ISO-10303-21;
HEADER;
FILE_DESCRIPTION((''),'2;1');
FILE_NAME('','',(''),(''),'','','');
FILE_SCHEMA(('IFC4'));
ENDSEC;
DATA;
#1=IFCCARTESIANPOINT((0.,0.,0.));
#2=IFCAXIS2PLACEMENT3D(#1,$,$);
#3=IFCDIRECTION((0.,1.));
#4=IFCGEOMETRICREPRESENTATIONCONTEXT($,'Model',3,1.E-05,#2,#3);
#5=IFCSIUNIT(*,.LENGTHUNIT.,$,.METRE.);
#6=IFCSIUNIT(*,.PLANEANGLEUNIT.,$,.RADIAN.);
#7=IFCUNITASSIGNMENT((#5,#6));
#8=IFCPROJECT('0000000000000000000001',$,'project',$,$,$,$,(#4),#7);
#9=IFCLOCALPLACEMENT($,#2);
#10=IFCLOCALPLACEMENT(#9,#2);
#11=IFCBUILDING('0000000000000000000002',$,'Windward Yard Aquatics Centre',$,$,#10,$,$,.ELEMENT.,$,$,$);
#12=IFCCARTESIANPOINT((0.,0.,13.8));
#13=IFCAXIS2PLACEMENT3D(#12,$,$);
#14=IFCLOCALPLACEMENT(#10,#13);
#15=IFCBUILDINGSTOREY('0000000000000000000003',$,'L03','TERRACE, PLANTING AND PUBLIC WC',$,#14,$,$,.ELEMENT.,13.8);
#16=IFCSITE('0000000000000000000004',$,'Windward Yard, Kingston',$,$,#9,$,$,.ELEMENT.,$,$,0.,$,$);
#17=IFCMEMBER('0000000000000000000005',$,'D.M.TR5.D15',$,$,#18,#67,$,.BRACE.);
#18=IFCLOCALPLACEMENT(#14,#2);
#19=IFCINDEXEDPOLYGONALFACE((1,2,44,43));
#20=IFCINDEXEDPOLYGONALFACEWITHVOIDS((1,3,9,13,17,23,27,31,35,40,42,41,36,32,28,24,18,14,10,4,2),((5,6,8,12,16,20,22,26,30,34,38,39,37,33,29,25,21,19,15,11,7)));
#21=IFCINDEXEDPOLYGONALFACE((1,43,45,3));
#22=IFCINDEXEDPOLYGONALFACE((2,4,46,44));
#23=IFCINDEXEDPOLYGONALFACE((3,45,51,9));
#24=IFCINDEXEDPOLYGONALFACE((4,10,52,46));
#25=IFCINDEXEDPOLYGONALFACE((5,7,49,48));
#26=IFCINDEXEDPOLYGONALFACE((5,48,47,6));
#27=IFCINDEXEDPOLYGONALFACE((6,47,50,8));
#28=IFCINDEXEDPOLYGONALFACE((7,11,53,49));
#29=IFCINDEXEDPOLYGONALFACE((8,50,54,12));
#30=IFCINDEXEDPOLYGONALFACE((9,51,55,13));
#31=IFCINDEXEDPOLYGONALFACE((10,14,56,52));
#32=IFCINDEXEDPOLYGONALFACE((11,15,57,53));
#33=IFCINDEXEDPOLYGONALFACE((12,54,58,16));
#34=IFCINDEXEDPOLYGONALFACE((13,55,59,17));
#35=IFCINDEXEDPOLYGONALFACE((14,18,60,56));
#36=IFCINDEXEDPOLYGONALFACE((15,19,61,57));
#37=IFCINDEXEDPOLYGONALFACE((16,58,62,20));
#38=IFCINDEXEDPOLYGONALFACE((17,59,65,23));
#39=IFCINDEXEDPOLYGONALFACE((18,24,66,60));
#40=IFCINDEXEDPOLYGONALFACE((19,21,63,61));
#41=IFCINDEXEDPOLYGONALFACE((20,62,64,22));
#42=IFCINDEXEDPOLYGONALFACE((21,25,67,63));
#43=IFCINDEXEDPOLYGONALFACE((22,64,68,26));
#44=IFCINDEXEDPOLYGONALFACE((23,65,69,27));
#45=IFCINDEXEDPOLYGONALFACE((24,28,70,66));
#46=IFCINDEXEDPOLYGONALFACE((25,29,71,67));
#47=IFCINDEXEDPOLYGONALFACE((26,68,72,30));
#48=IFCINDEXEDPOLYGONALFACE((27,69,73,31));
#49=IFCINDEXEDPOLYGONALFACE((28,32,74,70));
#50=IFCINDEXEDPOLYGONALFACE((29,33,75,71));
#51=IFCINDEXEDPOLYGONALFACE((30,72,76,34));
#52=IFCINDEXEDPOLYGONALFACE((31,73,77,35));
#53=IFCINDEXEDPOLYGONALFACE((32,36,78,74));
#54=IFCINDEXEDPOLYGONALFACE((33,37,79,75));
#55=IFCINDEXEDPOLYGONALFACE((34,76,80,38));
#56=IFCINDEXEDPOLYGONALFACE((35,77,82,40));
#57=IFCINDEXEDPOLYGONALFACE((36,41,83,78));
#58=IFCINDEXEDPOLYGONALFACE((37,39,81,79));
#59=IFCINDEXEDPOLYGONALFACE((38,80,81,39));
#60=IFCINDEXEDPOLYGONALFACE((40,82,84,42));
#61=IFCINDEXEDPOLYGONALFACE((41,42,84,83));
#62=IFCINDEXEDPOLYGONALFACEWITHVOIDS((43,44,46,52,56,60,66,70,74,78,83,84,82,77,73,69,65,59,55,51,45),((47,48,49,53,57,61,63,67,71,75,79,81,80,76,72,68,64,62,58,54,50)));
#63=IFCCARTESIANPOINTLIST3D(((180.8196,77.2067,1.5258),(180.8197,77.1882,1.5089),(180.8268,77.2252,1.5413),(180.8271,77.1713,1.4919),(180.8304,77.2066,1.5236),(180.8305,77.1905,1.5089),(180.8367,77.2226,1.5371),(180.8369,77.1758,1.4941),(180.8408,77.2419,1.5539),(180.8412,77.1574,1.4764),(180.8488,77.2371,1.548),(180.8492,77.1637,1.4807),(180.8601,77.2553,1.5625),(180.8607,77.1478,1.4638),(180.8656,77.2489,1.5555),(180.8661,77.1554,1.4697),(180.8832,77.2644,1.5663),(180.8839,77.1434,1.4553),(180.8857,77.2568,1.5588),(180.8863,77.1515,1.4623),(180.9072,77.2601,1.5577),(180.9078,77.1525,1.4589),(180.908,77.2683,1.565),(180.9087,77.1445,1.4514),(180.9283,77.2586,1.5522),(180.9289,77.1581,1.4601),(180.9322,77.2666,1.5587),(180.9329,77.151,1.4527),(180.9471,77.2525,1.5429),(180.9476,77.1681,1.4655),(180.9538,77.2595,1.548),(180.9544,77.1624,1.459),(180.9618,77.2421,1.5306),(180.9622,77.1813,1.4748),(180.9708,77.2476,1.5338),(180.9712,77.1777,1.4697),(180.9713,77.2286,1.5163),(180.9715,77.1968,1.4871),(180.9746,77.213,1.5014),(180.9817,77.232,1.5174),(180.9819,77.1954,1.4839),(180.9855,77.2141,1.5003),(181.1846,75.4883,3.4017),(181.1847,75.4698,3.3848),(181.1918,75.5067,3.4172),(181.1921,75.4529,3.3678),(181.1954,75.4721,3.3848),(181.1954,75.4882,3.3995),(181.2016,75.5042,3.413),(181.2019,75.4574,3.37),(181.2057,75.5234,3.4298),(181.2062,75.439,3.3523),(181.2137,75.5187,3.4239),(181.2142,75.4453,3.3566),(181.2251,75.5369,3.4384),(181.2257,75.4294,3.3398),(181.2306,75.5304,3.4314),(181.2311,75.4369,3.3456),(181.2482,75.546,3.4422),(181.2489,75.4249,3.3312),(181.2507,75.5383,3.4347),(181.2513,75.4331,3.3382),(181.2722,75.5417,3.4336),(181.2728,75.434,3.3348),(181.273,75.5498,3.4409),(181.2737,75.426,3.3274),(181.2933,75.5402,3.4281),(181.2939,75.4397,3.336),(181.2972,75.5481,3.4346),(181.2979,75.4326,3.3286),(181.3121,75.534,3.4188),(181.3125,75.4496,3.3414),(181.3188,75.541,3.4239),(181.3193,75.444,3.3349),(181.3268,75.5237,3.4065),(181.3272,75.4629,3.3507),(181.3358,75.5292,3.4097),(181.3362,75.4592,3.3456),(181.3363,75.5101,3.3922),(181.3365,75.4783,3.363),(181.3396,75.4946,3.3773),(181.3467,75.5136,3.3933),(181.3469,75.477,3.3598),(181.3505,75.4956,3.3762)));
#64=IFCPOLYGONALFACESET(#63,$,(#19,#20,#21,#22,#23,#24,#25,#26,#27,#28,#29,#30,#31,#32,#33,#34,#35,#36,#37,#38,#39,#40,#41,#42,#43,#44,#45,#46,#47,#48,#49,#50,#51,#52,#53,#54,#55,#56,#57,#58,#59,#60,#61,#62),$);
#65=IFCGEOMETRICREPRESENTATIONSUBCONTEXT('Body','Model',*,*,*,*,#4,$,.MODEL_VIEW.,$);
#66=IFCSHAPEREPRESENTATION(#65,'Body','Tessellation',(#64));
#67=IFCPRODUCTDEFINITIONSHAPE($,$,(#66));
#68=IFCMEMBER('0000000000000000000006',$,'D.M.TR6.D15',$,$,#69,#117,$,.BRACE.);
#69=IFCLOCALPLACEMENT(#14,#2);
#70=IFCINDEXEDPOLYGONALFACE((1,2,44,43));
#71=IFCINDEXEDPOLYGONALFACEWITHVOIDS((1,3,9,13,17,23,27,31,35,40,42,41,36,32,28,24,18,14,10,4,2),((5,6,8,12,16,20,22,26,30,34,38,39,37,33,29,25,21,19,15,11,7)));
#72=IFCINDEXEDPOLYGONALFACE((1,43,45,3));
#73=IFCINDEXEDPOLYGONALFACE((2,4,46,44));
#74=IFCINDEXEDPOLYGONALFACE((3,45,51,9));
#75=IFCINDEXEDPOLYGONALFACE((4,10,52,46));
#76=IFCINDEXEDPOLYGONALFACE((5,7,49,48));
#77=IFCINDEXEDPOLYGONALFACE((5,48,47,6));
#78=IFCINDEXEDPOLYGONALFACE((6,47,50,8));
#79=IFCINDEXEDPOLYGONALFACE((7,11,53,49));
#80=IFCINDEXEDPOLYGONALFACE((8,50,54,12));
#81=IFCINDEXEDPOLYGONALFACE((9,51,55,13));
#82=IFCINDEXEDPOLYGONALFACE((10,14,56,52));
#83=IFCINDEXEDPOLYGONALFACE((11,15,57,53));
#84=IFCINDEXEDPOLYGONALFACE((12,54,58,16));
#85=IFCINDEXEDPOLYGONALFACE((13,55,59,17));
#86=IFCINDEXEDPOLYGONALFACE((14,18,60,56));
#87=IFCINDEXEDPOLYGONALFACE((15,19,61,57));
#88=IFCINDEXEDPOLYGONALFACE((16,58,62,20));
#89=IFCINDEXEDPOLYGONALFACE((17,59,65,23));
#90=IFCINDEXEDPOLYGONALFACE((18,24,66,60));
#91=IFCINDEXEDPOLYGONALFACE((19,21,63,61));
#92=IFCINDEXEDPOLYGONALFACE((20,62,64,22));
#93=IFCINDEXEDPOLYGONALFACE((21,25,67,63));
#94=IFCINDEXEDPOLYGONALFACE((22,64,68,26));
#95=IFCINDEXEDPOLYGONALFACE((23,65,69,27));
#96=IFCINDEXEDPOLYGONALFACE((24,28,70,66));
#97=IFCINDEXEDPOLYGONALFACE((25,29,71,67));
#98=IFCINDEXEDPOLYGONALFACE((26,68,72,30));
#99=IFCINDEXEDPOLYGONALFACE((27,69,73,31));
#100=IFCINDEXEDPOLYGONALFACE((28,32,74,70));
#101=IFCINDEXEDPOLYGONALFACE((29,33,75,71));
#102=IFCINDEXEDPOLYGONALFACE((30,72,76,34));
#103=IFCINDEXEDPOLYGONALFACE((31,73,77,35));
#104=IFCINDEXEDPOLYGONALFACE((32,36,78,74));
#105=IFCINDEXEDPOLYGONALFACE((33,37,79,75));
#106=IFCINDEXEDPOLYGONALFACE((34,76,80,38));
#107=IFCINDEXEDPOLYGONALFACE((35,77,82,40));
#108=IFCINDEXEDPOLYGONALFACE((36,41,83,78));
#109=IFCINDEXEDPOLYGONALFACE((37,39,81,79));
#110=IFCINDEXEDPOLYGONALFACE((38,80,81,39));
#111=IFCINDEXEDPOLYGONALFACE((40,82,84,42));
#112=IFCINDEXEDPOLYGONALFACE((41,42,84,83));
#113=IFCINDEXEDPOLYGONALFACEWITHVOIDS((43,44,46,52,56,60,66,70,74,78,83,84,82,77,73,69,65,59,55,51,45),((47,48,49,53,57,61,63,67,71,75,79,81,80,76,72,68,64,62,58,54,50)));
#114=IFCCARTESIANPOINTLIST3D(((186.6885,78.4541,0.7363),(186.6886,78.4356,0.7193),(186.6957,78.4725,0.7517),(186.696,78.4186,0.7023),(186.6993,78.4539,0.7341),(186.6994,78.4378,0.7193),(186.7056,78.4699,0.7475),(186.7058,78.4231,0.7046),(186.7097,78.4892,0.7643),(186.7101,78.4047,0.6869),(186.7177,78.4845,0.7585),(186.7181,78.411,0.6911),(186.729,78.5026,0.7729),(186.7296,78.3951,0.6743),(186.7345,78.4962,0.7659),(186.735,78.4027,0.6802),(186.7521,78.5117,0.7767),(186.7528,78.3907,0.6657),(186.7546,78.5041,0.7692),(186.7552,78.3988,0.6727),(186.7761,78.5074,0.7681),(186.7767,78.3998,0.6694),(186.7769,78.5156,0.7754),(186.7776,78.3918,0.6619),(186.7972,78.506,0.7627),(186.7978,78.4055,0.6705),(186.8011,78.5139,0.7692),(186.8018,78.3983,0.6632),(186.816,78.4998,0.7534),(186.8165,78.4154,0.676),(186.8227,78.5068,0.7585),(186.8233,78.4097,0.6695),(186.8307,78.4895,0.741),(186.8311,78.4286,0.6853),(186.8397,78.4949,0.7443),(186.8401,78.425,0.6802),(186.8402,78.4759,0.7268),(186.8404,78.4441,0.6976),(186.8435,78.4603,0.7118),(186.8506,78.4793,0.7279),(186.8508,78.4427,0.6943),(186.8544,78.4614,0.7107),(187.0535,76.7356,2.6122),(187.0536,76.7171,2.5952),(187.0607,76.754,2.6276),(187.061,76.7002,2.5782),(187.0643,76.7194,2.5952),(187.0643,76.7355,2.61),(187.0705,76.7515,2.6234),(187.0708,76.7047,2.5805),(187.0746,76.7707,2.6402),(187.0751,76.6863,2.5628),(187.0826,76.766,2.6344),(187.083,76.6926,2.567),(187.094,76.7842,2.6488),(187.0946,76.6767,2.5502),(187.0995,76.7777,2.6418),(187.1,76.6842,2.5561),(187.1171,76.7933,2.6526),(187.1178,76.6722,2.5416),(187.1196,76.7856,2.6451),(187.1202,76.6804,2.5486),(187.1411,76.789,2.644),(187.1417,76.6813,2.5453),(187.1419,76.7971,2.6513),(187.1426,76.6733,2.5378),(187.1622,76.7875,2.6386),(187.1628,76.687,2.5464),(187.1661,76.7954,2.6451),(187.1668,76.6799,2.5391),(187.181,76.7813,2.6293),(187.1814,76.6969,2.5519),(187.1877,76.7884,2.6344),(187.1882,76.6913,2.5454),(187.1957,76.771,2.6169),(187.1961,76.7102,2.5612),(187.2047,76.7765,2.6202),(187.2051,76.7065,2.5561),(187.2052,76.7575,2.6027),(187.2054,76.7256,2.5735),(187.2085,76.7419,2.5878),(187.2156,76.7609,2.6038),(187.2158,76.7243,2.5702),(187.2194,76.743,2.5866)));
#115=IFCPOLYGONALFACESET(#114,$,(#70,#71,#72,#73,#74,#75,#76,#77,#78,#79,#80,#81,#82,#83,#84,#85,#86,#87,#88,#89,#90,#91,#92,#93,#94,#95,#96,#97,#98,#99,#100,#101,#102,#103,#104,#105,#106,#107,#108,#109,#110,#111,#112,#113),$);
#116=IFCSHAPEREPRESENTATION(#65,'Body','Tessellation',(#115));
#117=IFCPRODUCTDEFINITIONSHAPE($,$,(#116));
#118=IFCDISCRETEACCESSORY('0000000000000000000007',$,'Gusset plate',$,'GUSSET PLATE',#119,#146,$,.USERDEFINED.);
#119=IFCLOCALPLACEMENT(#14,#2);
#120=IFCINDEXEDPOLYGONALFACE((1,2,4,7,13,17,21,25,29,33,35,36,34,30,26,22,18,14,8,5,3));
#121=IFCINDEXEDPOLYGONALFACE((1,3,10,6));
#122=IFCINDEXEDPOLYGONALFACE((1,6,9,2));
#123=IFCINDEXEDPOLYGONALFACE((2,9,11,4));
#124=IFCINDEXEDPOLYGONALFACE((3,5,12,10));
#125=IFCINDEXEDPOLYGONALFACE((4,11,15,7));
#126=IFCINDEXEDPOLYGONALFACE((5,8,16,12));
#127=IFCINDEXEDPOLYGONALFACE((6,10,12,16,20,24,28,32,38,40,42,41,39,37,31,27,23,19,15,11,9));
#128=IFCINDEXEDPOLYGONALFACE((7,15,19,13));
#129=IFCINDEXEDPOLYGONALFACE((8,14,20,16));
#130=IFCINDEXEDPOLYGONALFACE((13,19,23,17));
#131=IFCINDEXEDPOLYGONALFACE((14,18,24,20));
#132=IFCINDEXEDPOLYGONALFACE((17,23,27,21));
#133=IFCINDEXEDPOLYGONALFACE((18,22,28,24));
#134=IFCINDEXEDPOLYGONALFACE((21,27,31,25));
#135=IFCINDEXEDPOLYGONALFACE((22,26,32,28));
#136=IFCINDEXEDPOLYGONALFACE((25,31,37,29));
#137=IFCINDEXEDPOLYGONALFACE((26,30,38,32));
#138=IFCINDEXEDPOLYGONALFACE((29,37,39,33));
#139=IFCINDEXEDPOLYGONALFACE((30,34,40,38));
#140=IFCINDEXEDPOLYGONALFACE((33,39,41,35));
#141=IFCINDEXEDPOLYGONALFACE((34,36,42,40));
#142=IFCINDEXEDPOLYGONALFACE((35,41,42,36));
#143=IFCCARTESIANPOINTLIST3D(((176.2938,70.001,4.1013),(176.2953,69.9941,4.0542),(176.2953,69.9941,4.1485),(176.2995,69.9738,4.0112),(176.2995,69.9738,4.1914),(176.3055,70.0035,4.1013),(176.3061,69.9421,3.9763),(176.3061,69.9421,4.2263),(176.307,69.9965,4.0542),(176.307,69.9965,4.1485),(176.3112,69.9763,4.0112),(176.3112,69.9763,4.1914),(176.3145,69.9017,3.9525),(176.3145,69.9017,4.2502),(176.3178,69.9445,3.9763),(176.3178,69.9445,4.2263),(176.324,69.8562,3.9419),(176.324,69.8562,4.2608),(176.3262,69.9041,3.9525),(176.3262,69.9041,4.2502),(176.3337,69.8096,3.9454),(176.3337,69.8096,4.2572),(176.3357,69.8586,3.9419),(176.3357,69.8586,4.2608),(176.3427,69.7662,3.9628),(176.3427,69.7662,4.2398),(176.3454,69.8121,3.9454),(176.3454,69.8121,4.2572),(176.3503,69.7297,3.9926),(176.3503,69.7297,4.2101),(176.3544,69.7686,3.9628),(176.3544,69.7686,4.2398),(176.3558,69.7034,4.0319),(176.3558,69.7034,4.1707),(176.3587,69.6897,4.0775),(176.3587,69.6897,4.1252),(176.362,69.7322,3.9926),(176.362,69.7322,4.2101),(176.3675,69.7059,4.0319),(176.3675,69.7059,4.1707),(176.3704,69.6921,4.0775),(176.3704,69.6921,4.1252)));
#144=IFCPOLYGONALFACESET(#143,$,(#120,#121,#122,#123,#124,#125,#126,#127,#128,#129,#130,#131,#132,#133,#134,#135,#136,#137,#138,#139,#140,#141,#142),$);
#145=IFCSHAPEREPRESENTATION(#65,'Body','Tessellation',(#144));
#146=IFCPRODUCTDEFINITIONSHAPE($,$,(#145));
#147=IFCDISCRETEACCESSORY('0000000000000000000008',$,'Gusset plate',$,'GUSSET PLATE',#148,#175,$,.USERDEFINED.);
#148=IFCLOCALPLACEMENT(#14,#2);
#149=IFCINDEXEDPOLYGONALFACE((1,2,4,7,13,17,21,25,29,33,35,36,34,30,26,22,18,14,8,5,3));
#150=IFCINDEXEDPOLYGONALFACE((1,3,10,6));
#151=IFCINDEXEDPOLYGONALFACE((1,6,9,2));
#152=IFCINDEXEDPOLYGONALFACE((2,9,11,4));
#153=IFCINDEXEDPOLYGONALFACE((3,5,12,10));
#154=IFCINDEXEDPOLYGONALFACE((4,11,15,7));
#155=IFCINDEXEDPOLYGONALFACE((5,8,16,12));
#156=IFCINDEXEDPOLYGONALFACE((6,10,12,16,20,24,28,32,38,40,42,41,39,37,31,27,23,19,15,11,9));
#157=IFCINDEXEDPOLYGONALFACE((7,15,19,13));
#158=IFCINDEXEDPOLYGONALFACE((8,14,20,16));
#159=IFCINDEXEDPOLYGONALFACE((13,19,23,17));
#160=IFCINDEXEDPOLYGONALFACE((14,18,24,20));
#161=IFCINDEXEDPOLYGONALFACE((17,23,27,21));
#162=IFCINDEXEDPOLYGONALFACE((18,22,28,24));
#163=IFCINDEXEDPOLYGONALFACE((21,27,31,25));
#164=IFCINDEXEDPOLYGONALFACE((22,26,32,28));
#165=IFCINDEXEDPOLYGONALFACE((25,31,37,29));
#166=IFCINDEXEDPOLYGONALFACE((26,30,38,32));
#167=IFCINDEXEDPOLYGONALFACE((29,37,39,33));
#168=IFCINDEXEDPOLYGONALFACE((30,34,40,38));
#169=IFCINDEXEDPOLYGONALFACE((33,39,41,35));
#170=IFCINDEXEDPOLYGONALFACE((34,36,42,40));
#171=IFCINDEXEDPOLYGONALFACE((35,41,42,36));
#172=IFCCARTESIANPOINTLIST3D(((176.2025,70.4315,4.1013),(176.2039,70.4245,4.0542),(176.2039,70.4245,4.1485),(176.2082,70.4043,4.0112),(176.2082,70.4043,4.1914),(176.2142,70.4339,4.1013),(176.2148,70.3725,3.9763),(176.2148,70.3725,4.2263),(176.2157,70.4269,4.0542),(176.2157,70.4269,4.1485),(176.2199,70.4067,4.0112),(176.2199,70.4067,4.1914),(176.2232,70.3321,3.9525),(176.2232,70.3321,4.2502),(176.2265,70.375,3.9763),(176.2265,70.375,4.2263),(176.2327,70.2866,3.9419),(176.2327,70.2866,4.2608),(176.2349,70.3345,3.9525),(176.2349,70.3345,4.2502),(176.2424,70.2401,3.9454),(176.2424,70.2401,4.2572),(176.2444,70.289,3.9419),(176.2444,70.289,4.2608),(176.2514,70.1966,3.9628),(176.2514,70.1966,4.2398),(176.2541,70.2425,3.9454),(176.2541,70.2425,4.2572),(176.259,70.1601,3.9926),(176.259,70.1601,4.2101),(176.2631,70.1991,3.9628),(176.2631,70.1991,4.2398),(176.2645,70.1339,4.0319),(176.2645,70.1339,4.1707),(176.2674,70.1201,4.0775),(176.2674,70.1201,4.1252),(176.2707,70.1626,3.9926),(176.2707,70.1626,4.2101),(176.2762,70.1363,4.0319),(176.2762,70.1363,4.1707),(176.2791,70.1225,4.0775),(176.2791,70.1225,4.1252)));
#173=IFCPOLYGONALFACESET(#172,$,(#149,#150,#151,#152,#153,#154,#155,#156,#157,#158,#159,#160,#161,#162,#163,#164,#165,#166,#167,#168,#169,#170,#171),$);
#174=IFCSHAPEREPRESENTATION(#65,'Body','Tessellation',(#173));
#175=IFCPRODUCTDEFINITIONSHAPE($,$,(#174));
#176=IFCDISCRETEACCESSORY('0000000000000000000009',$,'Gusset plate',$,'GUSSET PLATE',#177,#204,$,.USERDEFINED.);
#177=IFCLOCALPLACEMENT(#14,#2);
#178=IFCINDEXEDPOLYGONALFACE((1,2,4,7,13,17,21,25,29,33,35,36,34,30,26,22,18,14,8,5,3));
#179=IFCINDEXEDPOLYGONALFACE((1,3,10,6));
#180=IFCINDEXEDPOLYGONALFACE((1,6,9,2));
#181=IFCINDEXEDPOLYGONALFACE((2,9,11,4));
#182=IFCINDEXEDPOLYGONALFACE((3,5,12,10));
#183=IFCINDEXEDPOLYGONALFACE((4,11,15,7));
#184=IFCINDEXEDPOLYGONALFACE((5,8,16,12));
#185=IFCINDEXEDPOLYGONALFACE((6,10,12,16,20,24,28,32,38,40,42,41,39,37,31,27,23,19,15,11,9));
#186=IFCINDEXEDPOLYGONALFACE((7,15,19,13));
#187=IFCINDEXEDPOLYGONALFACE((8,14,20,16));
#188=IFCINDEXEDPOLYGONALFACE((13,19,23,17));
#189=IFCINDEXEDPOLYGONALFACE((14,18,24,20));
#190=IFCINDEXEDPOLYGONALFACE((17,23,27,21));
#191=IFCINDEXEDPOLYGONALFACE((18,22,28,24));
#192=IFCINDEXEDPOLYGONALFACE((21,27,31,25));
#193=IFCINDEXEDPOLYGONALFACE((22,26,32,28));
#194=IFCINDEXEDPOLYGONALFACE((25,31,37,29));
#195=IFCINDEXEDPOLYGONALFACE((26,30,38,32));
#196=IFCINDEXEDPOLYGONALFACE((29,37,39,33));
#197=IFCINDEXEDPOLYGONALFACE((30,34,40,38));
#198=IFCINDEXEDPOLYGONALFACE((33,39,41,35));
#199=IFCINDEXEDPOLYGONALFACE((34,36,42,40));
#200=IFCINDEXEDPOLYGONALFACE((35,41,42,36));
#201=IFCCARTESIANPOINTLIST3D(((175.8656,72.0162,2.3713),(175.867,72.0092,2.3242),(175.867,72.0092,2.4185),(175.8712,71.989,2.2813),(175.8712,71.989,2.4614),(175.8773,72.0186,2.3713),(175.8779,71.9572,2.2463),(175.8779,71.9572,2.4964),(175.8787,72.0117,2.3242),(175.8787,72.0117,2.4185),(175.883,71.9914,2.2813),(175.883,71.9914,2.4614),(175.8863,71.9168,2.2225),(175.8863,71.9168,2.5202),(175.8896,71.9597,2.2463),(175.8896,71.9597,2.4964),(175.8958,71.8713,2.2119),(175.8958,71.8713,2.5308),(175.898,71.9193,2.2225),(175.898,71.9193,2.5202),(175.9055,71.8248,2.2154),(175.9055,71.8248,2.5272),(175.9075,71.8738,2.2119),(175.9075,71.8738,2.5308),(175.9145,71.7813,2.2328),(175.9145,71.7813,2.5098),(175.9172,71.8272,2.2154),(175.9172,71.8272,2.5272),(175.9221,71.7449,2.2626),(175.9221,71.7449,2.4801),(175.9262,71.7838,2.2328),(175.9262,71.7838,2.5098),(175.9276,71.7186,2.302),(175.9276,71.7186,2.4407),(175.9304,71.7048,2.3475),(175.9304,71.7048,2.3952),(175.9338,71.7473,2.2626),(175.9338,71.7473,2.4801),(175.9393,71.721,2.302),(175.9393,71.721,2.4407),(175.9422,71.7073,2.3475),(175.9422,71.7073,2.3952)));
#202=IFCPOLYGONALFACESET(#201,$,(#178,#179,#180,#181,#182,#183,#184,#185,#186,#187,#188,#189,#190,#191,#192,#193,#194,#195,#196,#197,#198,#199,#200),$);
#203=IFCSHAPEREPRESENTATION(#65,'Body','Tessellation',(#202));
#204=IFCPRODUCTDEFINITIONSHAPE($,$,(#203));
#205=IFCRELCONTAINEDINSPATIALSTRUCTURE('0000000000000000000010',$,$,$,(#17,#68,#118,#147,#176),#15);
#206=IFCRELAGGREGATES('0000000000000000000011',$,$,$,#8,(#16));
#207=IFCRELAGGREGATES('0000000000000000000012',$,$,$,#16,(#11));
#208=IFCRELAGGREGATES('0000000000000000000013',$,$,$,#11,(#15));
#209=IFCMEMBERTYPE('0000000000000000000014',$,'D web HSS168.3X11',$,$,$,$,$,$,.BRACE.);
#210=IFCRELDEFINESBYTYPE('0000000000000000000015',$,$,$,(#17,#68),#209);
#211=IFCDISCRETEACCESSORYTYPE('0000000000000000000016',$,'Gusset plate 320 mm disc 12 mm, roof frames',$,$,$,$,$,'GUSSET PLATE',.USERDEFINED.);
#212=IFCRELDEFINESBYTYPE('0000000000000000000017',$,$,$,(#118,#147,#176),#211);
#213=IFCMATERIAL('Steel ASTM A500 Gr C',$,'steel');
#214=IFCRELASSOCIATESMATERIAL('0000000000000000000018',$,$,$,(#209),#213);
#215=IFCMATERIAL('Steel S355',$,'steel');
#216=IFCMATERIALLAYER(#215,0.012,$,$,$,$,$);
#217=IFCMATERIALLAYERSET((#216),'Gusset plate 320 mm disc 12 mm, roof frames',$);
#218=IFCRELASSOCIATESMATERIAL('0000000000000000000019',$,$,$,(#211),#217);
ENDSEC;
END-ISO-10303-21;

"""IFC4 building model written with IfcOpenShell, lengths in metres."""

from ifc_helpers import new_model, si_unit, direction, frame, origin, origin_2d, place, context, subcontext, project, spatial, circle, hollow_circle, extrude, material, layer, layer_set, material_profile, profile_set, type_object, element, save


model = new_model("IFC4")

# Units and contexts
model_context = context("Model", 3, precision=1e-05, world=origin(), true_north=direction((0.0, 1.0)))
body_context = subcontext(model_context, "Body", "Model", "MODEL_VIEW")
ifc_project = project(units=[si_unit("LENGTHUNIT", "METRE"), si_unit("PLANEANGLEUNIT", "RADIAN")], contexts=[model_context])

# Site, building, storey
site_placement = place(None, origin())
site = spatial("IfcSite", under=ifc_project, at=site_placement, Name="Windward Yard, Kingston", CompositionType="ELEMENT", RefElevation=0.0)
building_placement = place(site_placement, origin())
building = spatial("IfcBuilding", under=site, at=building_placement, Name="Windward Yard Aquatics Centre", CompositionType="ELEMENT")
storey_placement = place(building_placement, frame((0.0, 0.0, 13.8)))
storey = spatial("IfcBuildingStorey", under=building, at=storey_placement, Name="L03", Description="TERRACE, PLANTING AND PUBLIC WC", CompositionType="ELEMENT", Elevation=13.8)

# Members
ifc_material_1 = material(Name="Steel ASTM A500 Gr C", Category="steel")
ifc_material_profile_1 = material_profile(ifc_material_1, hollow_circle(Radius=0.0842, WallThickness=0.011, at=origin_2d()), Name="HSS168.3X11")
ifc_profile_set_1 = profile_set([ifc_material_profile_1], Name="Steel ASTM A500 Gr C")
member_type_1 = type_object("IfcMemberType", Name="D web HSS168.3X11", PredefinedType="BRACE", material=ifc_profile_set_1)
for number, where, z_axis, x_axis, name in (
    (1, (181.2671, 75.4873, 3.3848), (-0.14201, 0.668635, -0.729904), (-0.978181, -0.207754, 0.0), "D.M.TR5.D15"),
    (2, (187.136, 76.7346, 2.5952), (-0.14201, 0.668635, -0.729904), (-0.978181, -0.207754, 0.0), "D.M.TR6.D15"),
):
    element("IfcMember", number, at=place(storey_placement, frame(where, z_axis=z_axis, x_axis=x_axis)), inside=storey, type_object=member_type_1, Name=name, PredefinedType="BRACE", context=body_context, shape_type="SweptSolid", body=[
        extrude(hollow_circle(Radius=0.0842, WallThickness=0.011, at=origin_2d()), origin(), (0.0, 0.0, 1.0), 2.5701),
    ])

# Discrete accessories
ifc_material_2 = material(Name="Steel S355", Category="steel")
ifc_layer = layer(ifc_material_2, 0.012)
ifc_layer_set = layer_set([ifc_layer], Name="Gusset plate 320 mm disc 12 mm, roof frames")
discrete_accessory_type = type_object("IfcDiscreteAccessoryType", Name="Gusset plate 320 mm disc 12 mm, roof frames", ElementType="GUSSET PLATE", PredefinedType="USERDEFINED", material=ifc_layer_set)
for number, where, z_axis, x_axis, name in (
    (3, (176.3264, 69.8445, 4.1013), (0.97898, 0.203954, 0.0), (-0.203954, 0.97898, 0.0), "Gusset plate"),
    (4, (176.2351, 70.2749, 4.1013), (0.97898, 0.203954, 0.0), (-0.203954, 0.97898, 0.0), "Gusset plate"),
    (5, (175.8982, 71.8596, 2.3713), (0.97898, 0.203954, 0.0), (-0.203954, 0.97898, 0.0), "Gusset plate"),
):
    element("IfcDiscreteAccessory", number, at=place(storey_placement, frame(where, z_axis=z_axis, x_axis=x_axis)), inside=storey, type_object=discrete_accessory_type, Name=name, ObjectType="GUSSET PLATE", PredefinedType="USERDEFINED", context=body_context, shape_type="SweptSolid", body=[
        extrude(circle(Radius=0.1599, at=origin_2d()), origin(), (0.0, 0.0, 1.0), 0.012),
    ])

save(model, "model.ifc")
